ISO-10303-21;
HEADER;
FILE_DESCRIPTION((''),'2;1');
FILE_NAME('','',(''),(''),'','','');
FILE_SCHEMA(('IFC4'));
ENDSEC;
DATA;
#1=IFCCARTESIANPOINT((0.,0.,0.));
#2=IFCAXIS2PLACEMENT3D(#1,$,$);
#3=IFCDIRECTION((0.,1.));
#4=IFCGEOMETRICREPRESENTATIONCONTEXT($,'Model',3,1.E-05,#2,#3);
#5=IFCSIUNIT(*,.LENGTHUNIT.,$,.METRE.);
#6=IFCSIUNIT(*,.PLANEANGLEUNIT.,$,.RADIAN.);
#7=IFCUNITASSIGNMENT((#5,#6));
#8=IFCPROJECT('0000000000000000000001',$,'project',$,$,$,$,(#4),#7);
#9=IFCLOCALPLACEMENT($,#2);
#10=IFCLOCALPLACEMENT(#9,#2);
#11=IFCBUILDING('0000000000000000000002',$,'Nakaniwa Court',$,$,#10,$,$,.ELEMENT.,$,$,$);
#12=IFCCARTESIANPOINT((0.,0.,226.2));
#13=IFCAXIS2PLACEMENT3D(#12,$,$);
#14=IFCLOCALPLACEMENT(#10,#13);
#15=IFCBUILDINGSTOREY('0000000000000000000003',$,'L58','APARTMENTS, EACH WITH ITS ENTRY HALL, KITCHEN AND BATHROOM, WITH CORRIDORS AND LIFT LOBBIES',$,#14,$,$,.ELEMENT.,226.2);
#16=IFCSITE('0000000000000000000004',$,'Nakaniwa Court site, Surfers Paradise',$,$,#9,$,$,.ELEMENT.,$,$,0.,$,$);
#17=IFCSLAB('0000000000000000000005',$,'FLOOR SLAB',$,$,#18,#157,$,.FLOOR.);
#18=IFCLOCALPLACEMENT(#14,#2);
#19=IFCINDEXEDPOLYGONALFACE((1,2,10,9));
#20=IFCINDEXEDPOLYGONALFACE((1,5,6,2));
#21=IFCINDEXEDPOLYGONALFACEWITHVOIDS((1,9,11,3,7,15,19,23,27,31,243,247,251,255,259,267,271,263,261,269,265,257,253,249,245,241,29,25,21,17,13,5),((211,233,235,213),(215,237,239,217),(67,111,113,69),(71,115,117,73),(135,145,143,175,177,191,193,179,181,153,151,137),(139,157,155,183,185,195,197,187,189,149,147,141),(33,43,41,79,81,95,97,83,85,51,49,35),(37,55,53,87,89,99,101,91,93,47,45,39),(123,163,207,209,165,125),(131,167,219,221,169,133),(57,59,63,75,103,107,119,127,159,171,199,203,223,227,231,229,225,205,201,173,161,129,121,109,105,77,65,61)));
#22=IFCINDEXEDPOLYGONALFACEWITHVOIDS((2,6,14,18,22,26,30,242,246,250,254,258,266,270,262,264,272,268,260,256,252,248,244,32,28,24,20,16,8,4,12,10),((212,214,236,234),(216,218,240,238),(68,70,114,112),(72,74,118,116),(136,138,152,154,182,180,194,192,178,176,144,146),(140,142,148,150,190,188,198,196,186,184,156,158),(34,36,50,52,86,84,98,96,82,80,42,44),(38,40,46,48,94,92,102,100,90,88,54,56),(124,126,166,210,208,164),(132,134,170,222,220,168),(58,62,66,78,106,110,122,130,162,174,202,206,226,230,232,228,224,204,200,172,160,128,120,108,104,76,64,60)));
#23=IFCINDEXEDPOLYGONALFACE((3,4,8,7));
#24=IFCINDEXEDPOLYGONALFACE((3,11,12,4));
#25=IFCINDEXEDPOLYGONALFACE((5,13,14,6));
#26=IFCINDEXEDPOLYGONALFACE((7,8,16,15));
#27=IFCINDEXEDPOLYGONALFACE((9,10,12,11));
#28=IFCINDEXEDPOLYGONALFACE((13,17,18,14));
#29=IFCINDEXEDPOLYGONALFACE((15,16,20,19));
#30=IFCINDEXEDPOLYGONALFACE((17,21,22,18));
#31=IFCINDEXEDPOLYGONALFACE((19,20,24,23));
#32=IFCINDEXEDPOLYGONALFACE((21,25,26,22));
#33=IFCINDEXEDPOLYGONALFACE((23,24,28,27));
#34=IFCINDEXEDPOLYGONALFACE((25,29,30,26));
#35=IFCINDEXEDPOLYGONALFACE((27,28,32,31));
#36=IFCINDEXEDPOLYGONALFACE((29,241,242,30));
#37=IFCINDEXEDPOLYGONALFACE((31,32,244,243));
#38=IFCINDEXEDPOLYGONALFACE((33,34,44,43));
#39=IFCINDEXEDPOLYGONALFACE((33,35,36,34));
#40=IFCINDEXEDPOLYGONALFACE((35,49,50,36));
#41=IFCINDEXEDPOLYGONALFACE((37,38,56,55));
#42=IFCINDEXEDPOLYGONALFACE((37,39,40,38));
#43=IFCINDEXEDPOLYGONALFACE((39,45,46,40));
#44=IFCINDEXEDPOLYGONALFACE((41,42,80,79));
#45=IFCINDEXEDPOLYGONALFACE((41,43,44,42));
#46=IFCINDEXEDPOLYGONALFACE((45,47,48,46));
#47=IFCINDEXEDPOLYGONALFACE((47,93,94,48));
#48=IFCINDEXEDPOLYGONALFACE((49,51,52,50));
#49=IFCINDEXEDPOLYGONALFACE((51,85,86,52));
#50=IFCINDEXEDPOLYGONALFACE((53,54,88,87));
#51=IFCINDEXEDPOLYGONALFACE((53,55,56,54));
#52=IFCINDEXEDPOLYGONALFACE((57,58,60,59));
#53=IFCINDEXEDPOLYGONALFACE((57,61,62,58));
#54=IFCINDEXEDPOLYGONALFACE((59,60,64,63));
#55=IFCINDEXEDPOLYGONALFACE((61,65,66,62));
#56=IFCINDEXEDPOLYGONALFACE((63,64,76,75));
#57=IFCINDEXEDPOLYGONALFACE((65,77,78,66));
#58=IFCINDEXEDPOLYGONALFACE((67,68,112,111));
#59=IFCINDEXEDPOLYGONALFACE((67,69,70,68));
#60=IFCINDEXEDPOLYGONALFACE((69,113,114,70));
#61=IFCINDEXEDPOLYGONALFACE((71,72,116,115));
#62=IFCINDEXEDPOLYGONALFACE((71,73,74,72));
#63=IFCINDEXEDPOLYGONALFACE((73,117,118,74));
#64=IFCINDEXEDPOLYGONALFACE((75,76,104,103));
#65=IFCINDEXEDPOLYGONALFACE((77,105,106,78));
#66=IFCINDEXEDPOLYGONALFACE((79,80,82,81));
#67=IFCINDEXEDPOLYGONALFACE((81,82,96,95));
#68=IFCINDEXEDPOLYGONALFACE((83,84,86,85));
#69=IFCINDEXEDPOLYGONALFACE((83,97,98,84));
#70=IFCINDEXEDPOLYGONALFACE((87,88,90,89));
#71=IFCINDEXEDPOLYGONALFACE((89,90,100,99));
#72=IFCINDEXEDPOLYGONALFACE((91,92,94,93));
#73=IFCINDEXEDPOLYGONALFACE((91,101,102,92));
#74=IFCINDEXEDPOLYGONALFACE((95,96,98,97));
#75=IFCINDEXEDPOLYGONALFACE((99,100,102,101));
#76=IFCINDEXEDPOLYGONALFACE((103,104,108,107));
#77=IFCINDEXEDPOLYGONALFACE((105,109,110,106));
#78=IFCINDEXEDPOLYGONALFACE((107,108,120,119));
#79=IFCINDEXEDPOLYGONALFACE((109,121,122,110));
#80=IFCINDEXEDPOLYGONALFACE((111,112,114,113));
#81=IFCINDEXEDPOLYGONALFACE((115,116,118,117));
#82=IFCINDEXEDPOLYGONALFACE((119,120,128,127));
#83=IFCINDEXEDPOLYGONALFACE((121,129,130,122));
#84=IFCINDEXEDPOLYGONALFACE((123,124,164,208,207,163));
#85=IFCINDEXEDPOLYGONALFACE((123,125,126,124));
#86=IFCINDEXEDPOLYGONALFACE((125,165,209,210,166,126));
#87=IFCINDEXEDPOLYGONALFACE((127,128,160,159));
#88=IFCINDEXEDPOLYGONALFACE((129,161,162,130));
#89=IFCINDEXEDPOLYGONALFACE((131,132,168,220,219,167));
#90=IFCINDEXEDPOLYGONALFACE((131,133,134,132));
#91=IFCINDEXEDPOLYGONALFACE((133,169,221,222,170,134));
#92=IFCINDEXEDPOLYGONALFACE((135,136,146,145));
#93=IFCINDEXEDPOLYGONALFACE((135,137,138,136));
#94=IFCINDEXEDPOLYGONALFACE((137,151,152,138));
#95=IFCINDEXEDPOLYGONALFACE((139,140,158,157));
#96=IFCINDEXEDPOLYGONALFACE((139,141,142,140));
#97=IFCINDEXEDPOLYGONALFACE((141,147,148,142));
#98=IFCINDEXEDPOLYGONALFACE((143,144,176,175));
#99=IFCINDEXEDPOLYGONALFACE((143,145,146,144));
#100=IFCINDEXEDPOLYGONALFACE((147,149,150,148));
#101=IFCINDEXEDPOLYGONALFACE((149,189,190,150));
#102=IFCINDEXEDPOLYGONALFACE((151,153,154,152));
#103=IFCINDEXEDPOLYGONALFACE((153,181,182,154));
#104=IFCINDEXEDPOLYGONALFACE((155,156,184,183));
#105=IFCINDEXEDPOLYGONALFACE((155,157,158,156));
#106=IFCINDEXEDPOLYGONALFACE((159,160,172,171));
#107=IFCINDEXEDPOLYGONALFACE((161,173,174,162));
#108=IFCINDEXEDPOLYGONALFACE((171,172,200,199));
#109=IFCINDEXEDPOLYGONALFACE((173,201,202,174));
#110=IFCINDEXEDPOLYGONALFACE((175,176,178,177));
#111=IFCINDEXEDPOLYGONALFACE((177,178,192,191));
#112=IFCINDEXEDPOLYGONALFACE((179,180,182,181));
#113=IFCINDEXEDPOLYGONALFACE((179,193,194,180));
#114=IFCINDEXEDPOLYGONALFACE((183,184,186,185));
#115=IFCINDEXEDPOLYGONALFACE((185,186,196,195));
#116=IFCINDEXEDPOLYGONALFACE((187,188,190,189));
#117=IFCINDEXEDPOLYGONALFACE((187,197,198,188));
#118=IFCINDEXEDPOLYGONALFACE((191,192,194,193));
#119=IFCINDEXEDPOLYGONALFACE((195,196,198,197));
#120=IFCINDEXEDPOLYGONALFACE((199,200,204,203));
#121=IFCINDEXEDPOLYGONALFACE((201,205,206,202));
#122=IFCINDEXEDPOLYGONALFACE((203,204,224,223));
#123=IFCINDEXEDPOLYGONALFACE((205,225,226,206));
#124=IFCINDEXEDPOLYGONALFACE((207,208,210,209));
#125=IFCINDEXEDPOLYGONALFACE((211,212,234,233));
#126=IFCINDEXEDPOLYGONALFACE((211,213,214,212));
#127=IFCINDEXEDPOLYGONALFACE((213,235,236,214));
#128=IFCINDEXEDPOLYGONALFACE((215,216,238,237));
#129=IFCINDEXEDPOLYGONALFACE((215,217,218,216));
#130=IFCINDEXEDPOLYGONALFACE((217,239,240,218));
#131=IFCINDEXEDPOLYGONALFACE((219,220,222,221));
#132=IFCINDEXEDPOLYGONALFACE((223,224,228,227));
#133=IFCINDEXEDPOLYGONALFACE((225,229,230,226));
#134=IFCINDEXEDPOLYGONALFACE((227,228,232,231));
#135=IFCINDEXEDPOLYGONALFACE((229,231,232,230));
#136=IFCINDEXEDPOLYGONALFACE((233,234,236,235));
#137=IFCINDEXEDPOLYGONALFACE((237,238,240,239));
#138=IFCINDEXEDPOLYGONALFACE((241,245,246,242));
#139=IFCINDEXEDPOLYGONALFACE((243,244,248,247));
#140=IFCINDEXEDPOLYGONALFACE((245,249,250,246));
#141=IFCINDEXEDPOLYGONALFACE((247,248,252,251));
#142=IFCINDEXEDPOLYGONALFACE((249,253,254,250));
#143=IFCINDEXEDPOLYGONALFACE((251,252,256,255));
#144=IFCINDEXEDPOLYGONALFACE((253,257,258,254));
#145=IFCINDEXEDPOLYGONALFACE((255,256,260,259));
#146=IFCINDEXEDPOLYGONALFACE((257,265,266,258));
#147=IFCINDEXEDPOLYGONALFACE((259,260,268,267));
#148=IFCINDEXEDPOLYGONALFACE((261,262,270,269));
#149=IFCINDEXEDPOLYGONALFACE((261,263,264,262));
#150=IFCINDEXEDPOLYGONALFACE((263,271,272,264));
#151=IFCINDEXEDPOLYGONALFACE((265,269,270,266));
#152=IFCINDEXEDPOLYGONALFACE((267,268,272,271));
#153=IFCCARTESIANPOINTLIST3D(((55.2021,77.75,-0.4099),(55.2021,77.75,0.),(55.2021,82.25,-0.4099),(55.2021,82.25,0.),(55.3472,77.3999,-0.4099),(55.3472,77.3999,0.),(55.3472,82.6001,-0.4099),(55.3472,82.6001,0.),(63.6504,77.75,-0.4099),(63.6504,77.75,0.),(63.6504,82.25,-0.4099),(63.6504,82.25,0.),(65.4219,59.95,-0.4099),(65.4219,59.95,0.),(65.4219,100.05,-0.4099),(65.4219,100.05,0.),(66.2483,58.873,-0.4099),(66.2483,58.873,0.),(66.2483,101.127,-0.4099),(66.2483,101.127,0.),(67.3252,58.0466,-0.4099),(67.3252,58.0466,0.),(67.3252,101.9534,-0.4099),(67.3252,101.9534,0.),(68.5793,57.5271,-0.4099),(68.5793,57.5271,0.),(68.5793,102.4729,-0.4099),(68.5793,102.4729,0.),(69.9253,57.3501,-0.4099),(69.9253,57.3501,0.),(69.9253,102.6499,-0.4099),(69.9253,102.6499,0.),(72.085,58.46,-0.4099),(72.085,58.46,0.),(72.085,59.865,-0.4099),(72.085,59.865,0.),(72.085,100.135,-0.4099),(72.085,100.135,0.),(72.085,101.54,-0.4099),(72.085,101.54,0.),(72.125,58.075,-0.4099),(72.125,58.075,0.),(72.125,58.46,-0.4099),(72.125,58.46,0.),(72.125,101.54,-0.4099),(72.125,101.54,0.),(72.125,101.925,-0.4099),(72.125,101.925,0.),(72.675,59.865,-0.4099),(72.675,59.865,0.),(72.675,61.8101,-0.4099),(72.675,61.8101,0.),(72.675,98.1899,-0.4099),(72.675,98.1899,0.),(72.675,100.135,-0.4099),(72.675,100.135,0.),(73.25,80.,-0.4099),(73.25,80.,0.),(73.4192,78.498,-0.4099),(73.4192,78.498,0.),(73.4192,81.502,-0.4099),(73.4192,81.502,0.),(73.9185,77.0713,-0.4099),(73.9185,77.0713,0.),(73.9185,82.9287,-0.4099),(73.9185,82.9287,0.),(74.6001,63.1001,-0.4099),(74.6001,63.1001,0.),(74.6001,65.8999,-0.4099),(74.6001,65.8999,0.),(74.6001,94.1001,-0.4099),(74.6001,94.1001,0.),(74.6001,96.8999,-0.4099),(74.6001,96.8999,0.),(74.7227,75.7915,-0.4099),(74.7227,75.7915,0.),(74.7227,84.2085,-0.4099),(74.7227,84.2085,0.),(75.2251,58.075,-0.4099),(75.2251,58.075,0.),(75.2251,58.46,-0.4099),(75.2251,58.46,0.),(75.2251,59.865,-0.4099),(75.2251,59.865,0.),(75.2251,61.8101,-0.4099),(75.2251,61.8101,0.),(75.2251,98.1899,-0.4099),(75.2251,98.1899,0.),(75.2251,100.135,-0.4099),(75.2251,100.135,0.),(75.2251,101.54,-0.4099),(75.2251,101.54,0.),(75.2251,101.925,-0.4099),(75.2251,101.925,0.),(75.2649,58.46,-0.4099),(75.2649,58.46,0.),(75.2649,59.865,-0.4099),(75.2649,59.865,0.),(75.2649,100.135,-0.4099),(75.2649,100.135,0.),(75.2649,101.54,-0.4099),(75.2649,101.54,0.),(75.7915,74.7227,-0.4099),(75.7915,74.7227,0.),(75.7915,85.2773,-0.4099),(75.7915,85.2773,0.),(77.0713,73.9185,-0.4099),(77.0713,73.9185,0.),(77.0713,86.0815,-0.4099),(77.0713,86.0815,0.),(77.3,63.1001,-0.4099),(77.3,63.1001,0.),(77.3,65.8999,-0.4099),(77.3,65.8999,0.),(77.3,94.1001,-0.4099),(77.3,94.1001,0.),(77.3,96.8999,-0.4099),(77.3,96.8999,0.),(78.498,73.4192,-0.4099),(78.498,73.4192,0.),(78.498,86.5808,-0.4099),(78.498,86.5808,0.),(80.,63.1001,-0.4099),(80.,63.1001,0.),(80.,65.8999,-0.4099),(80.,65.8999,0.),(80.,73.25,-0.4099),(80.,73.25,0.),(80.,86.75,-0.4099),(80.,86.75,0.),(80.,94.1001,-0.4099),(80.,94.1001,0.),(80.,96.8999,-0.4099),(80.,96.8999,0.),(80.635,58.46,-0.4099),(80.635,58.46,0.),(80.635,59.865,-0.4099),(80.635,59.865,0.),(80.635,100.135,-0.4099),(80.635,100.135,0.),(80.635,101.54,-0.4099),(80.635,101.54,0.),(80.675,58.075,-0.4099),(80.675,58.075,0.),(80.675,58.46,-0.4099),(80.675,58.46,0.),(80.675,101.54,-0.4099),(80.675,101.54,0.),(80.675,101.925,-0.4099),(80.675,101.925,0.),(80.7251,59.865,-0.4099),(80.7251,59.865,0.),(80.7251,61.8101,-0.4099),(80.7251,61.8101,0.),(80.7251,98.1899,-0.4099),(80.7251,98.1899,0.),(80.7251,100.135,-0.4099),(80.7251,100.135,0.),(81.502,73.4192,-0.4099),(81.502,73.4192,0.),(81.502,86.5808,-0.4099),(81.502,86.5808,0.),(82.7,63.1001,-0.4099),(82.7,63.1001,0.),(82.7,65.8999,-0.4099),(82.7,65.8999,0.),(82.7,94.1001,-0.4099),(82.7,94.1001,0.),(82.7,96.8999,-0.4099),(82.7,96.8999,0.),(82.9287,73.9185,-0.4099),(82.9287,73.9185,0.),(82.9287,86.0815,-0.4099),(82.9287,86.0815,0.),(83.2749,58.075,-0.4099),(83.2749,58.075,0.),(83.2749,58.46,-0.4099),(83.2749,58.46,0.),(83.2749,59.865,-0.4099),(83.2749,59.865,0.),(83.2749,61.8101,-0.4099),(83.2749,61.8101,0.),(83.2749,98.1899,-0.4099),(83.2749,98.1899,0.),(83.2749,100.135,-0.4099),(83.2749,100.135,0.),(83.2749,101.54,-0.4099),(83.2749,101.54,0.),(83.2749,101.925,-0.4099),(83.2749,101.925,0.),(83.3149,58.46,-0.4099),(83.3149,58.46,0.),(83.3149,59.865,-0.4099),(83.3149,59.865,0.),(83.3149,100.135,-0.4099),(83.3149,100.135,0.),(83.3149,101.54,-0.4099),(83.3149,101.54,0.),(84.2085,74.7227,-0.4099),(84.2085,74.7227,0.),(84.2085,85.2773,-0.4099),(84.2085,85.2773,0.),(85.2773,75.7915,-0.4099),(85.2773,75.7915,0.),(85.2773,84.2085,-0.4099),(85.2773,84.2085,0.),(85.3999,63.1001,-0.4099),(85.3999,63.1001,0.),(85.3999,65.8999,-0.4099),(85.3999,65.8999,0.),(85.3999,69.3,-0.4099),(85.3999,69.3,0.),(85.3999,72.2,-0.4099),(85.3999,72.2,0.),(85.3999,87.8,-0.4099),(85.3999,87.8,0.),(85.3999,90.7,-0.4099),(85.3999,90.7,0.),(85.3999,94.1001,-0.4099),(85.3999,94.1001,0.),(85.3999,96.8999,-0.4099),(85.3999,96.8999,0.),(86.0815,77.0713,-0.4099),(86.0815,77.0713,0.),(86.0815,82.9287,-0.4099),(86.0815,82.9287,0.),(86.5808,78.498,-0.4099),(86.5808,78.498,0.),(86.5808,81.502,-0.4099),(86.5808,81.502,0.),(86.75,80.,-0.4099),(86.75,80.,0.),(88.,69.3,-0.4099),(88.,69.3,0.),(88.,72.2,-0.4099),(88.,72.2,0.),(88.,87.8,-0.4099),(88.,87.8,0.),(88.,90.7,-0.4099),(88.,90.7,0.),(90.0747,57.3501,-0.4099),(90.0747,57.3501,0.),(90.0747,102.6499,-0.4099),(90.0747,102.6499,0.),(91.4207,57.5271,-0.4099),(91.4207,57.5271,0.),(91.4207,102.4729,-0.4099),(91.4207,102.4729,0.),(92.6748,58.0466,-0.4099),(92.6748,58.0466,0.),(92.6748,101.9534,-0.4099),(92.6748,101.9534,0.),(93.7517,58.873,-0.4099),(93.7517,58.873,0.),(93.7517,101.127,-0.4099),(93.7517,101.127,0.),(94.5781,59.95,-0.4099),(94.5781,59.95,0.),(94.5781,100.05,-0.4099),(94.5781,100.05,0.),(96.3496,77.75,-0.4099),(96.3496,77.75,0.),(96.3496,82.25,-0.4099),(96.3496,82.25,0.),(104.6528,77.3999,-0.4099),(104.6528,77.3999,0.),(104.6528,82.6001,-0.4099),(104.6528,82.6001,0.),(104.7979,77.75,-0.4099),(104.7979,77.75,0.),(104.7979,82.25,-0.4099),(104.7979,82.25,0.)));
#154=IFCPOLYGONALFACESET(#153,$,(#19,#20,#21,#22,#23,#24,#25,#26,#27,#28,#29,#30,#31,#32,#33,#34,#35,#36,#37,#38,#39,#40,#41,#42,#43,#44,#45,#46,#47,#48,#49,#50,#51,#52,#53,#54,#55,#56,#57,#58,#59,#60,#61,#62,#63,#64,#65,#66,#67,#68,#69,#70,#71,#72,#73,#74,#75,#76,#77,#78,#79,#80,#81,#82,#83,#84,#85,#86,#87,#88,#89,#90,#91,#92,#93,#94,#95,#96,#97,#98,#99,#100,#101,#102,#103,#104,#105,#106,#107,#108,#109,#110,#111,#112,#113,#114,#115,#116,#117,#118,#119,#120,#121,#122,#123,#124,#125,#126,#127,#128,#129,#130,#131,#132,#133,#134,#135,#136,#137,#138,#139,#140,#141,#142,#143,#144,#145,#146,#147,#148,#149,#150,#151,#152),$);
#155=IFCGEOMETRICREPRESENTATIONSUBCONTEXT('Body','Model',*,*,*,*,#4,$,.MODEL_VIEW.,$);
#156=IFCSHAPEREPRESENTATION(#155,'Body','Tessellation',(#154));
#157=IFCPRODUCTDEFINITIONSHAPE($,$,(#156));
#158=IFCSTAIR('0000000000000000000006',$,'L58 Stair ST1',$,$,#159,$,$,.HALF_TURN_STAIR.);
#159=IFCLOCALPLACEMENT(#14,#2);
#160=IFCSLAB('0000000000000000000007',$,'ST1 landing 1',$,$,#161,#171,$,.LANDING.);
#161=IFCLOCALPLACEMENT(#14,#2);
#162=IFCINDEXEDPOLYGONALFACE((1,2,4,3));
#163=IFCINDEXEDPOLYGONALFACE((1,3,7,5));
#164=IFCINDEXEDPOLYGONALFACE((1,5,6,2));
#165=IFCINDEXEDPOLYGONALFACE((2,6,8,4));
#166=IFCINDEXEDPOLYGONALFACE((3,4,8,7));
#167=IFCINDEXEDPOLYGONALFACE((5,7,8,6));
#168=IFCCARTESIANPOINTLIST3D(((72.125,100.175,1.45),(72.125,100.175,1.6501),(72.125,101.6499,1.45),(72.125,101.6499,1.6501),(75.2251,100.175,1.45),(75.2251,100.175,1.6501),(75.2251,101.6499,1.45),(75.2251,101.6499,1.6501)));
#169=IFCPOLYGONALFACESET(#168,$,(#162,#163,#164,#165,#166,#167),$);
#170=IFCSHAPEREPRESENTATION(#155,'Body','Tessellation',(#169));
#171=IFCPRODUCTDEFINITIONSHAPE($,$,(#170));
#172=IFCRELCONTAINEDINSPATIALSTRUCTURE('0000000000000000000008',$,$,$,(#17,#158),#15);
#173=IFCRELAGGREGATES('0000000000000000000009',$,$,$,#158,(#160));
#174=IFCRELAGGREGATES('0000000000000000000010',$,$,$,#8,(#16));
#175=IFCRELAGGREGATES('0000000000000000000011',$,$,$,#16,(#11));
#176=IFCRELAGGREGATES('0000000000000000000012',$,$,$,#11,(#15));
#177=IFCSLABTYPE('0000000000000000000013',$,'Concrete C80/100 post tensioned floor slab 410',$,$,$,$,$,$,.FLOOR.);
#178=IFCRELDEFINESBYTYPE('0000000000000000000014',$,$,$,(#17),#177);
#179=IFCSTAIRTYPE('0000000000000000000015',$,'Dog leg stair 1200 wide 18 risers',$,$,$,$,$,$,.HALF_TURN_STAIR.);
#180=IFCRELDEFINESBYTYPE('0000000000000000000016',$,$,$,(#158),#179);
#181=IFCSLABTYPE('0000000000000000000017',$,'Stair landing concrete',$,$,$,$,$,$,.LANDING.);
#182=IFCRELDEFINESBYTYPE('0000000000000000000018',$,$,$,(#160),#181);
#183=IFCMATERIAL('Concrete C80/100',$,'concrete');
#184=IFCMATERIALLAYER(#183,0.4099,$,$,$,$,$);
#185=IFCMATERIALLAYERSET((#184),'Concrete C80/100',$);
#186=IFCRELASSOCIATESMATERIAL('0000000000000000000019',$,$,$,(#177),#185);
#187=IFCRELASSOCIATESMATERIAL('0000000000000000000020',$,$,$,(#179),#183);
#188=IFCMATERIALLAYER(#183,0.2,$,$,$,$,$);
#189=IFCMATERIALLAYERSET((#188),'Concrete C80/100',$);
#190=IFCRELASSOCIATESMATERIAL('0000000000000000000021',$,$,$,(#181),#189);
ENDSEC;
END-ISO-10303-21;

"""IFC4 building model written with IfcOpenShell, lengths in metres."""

from ifc_helpers import new_model, si_unit, direction, frame, origin, place, context, subcontext, project, spatial, polyline, outline, extrude, material, layer, layer_set, type_object, element, aggregate, save


model = new_model("IFC4")

# Units and contexts
model_context = context("Model", 3, precision=1e-05, world=origin(), true_north=direction((0.0, 1.0)))
body_context = subcontext(model_context, "Body", "Model", "MODEL_VIEW")
ifc_project = project(units=[si_unit("LENGTHUNIT", "METRE"), si_unit("PLANEANGLEUNIT", "RADIAN")], contexts=[model_context])

# Site, building, storey
site_placement = place(None, origin())
site = spatial("IfcSite", under=ifc_project, at=site_placement, Name="Nakaniwa Court site, Surfers Paradise", CompositionType="ELEMENT", RefElevation=0.0)
building_placement = place(site_placement, origin())
building = spatial("IfcBuilding", under=site, at=building_placement, Name="Nakaniwa Court", CompositionType="ELEMENT")
storey_placement = place(building_placement, frame((0.0, 0.0, 226.2)))
storey = spatial("IfcBuildingStorey", under=building, at=storey_placement, Name="L58", Description="APARTMENTS, EACH WITH ITS ENTRY HALL, KITCHEN AND BATHROOM, WITH CORRIDORS AND LIFT LOBBIES", CompositionType="ELEMENT", Elevation=226.2)

# Shared definitions
ifc_material_1 = material(Name="Concrete C80/100", Category="concrete")

# Slab
ifc_layer_1 = layer(ifc_material_1, 0.4099)
ifc_layer_set_1 = layer_set([ifc_layer_1], Name="Concrete C80/100")
slab_type_1 = type_object("IfcSlabType", Name="Concrete C80/100 post tensioned floor slab 410", PredefinedType="FLOOR", material=ifc_layer_set_1)
slab_1_placement = place(storey_placement, frame((0.0, 0.0, -0.4099)))
element("IfcSlab", 1, at=slab_1_placement, inside=storey, type_object=slab_type_1, Name="FLOOR SLAB", PredefinedType="FLOOR", context=body_context, shape_type="SweptSolid", body=[
    extrude(outline(polyline([(96.3496, 82.25), (104.7979, 82.25), (104.6528, 82.6001), (94.5781, 100.05), (93.7517, 101.127), (92.6748, 101.9534), (91.4207, 102.4729), (90.0747, 102.6499), (69.9253, 102.6499), (68.5793, 102.4729), (67.3252, 101.9534), (66.2483, 101.127), (65.4219, 100.05), (55.3472, 82.6001), (55.2021, 82.25), (63.6504, 82.25), (63.6504, 77.75), (55.2021, 77.75), (55.3472, 77.3999), (65.4219, 59.95), (66.2483, 58.873), (67.3252, 58.0466), (68.5793, 57.5271), (69.9253, 57.3501), (90.0747, 57.3501), (91.4207, 57.5271), (92.6748, 58.0466), (93.7517, 58.873), (94.5781, 59.95), (104.6528, 77.3999), (104.7979, 77.75), (96.3496, 77.75), (96.3496, 82.25)]), holes=[polyline([(81.502, 86.5808), (80.0, 86.75), (78.498, 86.5808), (77.0713, 86.0815), (75.7915, 85.2773), (74.7227, 84.2085), (73.9185, 82.9287), (73.4192, 81.502), (73.25, 80.0), (73.4192, 78.498), (73.9185, 77.0713), (74.7227, 75.7915), (75.7915, 74.7227), (77.0713, 73.9185), (78.498, 73.4192), (80.0, 73.25), (81.502, 73.4192), (82.9287, 73.9185), (84.2085, 74.7227), (85.2773, 75.7915), (86.0815, 77.0713), (86.5808, 78.498), (86.75, 80.0), (86.5808, 81.502), (86.0815, 82.9287), (85.2773, 84.2085), (84.2085, 85.2773), (82.9287, 86.0815), (81.502, 86.5808)]), polyline([(72.675, 61.8101), (72.675, 59.865), (72.085, 59.865), (72.085, 58.46), (72.125, 58.46), (72.125, 58.075), (75.2251, 58.075), (75.2251, 58.46), (75.2649, 58.46), (75.2649, 59.865), (75.2251, 59.865), (75.2251, 61.8101), (72.675, 61.8101)]), polyline([(77.3, 65.8999), (74.6001, 65.8999), (74.6001, 63.1001), (77.3, 63.1001), (77.3, 65.8999)]), polyline([(80.0, 65.8999), (80.0, 63.1001), (82.7, 63.1001), (85.3999, 63.1001), (85.3999, 65.8999), (82.7, 65.8999), (80.0, 65.8999)]), polyline([(77.3, 96.8999), (74.6001, 96.8999), (74.6001, 94.1001), (77.3, 94.1001), (77.3, 96.8999)]), polyline([(80.0, 96.8999), (80.0, 94.1001), (82.7, 94.1001), (85.3999, 94.1001), (85.3999, 96.8999), (82.7, 96.8999), (80.0, 96.8999)]), polyline([(75.2649, 100.135), (75.2649, 101.54), (75.2251, 101.54), (75.2251, 101.925), (72.125, 101.925), (72.125, 101.54), (72.085, 101.54), (72.085, 100.135), (72.675, 100.135), (72.675, 98.1899), (75.2251, 98.1899), (75.2251, 100.135), (75.2649, 100.135)]), polyline([(83.2749, 61.8101), (80.7251, 61.8101), (80.7251, 59.865), (80.635, 59.865), (80.635, 58.46), (80.675, 58.46), (80.675, 58.075), (83.2749, 58.075), (83.2749, 58.46), (83.3149, 58.46), (83.3149, 59.865), (83.2749, 59.865), (83.2749, 61.8101)]), polyline([(88.0, 72.2), (85.3999, 72.2), (85.3999, 69.3), (88.0, 69.3), (88.0, 72.2)]), polyline([(88.0, 90.7), (85.3999, 90.7), (85.3999, 87.8), (88.0, 87.8), (88.0, 90.7)]), polyline([(83.3149, 100.135), (83.3149, 101.54), (83.2749, 101.54), (83.2749, 101.925), (80.675, 101.925), (80.675, 101.54), (80.635, 101.54), (80.635, 100.135), (80.7251, 100.135), (80.7251, 98.1899), (83.2749, 98.1899), (83.2749, 100.135), (83.3149, 100.135)])]), origin(), (0.0, 0.0, 1.0), 0.4099),
])

# Stair, slab
stair_type = type_object("IfcStairType", Name="Dog leg stair 1200 wide 18 risers", PredefinedType="HALF_TURN_STAIR", material=ifc_material_1)
stair_1_placement = place(storey_placement, origin())
stair_1 = element("IfcStair", 2, at=stair_1_placement, inside=storey, type_object=stair_type, Name="L58 Stair ST1", PredefinedType="HALF_TURN_STAIR")
ifc_layer_2 = layer(ifc_material_1, 0.2)
ifc_layer_set_2 = layer_set([ifc_layer_2], Name="Concrete C80/100")
slab_type_2 = type_object("IfcSlabType", Name="Stair landing concrete", PredefinedType="LANDING", material=ifc_layer_set_2)
slab_2_placement = place(storey_placement, frame((0.0, 0.0, 1.45)))
slab_2 = element("IfcSlab", 3, at=slab_2_placement, type_object=slab_type_2, Name="ST1 landing 1", PredefinedType="LANDING", context=body_context, shape_type="SweptSolid", body=[
    extrude(outline(polyline([(75.2251, 100.175), (75.2251, 101.6499), (72.125, 101.6499), (72.125, 100.175), (75.2251, 100.175)])), origin(), (0.0, 0.0, 1.0), 0.2002),
])
aggregate(stair_1, [slab_2])

save(model, "model.ifc")
